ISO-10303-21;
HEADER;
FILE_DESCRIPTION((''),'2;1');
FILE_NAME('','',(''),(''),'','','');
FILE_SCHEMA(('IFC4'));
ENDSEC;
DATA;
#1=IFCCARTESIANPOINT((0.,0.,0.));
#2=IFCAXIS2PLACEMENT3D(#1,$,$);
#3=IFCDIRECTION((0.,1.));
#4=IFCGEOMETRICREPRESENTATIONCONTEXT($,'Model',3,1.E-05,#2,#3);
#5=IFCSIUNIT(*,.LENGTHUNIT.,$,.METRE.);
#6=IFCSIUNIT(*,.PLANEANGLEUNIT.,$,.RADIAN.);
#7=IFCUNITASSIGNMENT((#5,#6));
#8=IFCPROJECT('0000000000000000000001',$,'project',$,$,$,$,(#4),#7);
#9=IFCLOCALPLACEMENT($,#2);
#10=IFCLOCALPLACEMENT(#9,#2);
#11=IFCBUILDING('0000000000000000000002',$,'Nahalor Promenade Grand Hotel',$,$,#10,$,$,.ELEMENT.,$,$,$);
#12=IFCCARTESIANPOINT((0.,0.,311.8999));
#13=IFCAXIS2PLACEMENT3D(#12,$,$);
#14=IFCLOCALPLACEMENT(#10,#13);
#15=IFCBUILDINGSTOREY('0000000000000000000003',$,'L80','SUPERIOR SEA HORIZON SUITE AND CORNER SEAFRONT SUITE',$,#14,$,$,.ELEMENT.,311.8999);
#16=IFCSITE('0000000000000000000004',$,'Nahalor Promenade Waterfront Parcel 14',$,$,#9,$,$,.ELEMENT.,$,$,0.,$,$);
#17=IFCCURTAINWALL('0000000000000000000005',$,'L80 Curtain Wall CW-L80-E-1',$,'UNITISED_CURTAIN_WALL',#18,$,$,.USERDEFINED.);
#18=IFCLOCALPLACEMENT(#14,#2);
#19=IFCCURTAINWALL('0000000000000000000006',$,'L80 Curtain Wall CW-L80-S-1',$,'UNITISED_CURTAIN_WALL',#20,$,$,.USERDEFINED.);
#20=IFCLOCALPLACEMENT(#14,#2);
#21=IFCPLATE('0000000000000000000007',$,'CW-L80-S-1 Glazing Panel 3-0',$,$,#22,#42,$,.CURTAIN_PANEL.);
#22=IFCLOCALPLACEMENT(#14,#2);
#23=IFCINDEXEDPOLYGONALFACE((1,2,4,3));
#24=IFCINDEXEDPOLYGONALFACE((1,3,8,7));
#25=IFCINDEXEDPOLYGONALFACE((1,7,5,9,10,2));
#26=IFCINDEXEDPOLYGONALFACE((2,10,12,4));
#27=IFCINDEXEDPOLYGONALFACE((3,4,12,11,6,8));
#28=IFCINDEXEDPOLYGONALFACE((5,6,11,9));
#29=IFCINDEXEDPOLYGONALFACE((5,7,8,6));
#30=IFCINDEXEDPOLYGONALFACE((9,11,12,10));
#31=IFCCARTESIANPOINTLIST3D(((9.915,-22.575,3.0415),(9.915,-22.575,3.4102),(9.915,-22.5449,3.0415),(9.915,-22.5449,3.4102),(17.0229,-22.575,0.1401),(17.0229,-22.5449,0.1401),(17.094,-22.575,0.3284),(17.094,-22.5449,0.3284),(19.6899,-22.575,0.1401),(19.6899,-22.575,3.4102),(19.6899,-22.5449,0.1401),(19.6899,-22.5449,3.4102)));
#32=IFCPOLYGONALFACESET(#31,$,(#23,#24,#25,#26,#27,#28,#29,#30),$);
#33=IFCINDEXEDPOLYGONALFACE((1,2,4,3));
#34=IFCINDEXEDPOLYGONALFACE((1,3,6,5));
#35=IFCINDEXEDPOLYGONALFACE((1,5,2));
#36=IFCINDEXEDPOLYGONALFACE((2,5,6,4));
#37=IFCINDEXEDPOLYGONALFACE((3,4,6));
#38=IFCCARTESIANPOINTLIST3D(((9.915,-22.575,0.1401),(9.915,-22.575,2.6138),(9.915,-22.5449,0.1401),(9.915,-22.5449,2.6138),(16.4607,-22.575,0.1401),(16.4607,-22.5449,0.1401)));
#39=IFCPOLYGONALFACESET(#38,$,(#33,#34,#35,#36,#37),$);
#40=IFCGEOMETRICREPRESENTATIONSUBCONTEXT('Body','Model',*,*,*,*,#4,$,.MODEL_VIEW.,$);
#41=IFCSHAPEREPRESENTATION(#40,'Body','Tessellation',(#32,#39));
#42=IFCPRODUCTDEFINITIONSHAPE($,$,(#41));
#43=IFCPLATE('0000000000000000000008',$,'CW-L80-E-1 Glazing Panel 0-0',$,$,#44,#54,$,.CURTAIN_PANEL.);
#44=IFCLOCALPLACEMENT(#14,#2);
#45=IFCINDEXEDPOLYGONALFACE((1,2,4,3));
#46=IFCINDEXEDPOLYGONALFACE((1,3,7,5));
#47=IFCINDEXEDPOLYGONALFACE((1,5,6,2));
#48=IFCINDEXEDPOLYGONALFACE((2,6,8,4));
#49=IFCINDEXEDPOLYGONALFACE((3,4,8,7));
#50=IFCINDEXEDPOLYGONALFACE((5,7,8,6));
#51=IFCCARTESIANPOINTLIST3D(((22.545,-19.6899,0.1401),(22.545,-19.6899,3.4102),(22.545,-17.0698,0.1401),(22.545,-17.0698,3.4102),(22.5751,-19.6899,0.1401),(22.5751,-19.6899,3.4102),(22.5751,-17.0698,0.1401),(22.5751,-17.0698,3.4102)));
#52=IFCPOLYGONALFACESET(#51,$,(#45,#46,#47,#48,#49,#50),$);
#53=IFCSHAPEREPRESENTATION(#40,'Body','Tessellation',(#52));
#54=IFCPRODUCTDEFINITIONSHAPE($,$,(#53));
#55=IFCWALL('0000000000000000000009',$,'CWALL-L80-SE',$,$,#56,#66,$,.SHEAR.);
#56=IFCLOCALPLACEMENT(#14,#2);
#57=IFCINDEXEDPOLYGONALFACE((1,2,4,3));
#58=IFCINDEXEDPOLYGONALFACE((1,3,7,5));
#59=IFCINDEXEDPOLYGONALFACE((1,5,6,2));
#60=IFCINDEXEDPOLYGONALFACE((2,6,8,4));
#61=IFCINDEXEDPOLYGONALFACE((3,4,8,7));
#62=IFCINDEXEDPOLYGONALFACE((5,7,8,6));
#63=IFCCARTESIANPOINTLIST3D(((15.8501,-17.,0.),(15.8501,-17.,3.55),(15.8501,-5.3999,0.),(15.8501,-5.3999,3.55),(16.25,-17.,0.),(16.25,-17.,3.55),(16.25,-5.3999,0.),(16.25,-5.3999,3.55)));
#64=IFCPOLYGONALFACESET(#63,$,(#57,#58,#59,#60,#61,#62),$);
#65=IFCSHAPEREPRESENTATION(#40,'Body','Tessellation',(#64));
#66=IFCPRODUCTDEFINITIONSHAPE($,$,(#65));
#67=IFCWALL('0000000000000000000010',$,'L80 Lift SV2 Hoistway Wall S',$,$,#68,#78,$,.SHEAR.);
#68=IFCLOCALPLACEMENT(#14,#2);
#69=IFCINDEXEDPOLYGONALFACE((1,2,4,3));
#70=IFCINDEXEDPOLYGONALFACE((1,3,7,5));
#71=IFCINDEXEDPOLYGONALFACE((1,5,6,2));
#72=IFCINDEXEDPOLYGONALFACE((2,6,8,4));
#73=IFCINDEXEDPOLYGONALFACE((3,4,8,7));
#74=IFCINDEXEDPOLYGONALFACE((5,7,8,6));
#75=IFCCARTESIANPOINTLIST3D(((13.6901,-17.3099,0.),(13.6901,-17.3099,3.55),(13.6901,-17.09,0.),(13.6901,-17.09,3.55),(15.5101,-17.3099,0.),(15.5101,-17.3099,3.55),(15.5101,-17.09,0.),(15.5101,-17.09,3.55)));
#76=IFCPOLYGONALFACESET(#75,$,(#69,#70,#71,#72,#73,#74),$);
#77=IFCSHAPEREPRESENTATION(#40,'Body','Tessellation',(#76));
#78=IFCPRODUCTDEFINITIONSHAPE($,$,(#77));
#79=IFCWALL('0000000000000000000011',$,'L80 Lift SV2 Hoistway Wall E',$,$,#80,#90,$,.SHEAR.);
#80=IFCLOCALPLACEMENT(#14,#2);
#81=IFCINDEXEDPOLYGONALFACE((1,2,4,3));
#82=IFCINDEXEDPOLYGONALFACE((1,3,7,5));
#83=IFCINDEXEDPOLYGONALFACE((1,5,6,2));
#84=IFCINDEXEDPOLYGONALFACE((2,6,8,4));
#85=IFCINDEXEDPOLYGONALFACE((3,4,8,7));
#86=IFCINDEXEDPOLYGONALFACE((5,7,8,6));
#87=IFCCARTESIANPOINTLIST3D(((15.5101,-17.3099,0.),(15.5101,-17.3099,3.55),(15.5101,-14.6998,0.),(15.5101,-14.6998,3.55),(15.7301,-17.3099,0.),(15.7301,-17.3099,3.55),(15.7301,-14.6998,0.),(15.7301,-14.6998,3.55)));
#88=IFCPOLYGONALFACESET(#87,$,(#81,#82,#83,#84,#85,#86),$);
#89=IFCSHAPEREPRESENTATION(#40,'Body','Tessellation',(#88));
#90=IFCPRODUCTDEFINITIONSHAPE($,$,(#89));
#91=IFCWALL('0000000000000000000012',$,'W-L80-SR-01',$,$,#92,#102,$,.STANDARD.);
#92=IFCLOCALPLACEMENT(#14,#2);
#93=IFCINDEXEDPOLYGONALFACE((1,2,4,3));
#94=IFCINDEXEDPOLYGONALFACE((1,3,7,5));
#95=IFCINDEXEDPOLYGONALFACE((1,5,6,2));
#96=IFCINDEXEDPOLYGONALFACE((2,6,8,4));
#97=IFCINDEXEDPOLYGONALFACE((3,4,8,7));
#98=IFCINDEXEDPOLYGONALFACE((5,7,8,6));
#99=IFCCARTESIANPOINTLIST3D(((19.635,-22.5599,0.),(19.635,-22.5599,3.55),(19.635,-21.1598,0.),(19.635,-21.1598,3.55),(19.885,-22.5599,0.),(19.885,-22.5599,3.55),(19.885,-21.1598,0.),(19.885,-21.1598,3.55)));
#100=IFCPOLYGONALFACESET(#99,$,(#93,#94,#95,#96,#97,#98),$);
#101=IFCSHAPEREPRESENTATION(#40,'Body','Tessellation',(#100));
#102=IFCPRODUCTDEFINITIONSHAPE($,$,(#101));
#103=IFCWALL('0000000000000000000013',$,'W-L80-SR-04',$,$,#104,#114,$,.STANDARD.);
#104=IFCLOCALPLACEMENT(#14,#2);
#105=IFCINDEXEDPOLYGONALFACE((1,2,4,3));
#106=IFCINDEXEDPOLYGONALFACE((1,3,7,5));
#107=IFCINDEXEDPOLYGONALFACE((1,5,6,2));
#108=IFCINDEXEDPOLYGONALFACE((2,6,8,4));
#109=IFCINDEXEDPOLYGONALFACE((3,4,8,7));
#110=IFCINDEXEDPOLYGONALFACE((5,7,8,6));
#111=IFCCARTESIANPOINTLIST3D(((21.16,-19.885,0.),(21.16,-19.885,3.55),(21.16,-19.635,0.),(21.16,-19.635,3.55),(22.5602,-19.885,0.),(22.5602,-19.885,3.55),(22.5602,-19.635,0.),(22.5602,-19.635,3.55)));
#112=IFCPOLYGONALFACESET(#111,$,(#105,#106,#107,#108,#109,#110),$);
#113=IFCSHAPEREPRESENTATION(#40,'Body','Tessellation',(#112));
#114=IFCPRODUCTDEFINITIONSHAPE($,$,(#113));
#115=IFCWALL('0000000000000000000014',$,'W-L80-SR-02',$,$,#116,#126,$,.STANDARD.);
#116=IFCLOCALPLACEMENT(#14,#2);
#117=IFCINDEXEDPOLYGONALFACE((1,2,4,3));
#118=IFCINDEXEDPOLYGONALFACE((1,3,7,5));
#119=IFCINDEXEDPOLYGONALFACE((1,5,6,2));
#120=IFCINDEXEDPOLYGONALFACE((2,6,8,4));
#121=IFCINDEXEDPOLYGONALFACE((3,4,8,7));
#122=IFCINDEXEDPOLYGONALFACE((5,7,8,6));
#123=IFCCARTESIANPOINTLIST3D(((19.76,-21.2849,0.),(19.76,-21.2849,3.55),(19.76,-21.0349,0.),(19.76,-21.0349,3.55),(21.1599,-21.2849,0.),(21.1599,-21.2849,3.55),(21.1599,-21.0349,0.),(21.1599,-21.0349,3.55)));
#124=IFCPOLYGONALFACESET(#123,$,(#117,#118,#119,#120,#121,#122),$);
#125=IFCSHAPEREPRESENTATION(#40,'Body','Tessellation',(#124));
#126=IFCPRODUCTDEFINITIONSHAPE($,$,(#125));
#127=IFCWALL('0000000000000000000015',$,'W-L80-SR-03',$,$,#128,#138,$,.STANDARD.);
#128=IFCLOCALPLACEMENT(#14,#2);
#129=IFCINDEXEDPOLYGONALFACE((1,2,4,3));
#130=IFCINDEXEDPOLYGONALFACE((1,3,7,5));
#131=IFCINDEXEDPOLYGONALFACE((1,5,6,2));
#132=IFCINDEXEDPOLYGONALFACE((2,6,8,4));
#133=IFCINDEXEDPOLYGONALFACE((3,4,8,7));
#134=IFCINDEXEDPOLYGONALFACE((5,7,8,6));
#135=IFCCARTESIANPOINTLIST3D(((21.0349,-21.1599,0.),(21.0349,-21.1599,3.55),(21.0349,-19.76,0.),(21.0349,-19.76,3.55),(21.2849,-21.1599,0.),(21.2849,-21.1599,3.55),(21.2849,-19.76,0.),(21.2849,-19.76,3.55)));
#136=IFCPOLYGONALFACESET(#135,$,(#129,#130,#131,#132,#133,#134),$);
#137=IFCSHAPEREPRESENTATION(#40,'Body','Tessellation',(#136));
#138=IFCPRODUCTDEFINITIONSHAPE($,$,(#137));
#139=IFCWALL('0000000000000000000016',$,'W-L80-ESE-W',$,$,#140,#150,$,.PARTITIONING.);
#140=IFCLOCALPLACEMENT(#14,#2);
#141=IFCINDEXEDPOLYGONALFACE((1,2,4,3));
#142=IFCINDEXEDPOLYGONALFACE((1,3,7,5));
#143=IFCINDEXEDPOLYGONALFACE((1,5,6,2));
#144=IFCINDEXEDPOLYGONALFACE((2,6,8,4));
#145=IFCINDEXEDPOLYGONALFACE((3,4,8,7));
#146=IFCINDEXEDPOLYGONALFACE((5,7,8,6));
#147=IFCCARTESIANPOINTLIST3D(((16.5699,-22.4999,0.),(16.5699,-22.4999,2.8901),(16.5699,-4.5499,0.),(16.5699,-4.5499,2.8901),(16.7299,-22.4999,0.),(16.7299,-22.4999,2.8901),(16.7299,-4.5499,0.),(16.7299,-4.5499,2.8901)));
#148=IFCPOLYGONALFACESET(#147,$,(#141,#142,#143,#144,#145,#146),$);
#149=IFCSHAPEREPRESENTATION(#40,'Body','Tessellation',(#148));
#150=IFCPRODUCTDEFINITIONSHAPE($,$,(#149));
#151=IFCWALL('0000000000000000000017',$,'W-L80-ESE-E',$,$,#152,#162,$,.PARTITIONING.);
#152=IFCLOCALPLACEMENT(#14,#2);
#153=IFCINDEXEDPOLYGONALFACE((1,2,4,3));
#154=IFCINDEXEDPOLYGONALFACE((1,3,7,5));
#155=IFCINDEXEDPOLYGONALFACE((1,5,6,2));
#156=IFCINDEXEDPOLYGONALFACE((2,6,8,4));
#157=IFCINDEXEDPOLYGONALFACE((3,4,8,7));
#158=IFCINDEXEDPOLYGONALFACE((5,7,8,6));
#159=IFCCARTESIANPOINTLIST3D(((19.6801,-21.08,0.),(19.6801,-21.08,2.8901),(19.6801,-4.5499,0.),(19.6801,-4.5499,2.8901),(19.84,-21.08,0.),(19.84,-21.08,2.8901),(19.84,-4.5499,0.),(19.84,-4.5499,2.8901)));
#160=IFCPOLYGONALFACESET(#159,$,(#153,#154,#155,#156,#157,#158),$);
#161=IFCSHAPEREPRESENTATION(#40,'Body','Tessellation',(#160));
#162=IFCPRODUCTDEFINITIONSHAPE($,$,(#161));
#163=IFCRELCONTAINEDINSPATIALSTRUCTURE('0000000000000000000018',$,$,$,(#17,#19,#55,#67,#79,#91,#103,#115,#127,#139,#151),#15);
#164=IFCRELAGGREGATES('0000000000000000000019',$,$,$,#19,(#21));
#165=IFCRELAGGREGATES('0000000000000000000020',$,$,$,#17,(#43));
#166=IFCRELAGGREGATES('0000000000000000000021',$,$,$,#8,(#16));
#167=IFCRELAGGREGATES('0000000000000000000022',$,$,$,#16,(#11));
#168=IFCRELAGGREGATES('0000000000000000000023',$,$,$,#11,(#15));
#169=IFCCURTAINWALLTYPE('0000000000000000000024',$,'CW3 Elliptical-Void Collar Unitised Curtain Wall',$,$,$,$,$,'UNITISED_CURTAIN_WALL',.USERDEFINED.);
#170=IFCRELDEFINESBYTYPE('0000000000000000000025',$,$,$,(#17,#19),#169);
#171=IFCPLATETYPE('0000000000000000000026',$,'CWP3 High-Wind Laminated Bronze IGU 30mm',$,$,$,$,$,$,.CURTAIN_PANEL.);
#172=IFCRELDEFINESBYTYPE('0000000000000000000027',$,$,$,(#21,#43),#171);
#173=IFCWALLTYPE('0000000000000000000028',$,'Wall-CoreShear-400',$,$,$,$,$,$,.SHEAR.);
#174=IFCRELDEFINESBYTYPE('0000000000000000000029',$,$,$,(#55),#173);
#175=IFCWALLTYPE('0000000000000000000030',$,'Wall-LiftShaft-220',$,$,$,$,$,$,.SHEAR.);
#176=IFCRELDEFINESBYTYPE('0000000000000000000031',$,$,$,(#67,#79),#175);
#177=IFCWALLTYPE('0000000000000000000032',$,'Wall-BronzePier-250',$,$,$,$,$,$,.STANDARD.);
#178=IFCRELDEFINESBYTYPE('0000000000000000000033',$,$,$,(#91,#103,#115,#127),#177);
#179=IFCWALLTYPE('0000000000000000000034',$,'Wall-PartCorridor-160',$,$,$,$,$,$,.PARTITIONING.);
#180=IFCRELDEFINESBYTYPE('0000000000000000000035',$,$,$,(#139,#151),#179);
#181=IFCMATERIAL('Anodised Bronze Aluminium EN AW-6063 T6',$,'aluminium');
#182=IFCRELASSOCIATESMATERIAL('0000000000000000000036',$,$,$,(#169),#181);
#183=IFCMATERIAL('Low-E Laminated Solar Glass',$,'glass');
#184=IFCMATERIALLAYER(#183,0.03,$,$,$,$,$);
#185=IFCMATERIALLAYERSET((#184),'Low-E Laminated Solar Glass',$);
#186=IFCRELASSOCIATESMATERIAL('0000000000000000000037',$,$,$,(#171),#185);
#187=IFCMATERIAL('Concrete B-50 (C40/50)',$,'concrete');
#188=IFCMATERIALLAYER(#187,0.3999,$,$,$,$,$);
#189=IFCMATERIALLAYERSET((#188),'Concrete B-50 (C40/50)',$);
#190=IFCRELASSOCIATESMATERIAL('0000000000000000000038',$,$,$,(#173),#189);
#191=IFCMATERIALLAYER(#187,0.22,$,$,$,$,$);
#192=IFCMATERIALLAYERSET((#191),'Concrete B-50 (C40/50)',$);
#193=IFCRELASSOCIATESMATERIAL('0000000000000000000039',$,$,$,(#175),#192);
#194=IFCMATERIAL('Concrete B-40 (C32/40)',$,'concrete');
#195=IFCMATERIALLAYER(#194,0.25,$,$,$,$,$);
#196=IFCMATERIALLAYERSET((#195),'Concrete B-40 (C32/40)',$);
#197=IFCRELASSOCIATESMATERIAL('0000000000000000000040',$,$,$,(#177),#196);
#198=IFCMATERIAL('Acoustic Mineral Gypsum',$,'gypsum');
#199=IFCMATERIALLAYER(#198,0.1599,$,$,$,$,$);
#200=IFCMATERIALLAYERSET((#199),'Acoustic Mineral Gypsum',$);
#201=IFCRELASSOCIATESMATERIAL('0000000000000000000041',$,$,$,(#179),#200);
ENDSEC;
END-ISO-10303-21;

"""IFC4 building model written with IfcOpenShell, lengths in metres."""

from ifc_helpers import new_model, si_unit, direction, frame, frame_2d, origin, origin_2d, place, context, subcontext, project, spatial, polyline, rectangle, outline, extrude, source, transform, mapped, material, layer, layer_set, type_object, element, aggregate, save


model = new_model("IFC4")

# Units and contexts
model_context = context("Model", 3, precision=1e-05, world=origin(), true_north=direction((0.0, 1.0)))
body_context = subcontext(model_context, "Body", "Model", "MODEL_VIEW")
ifc_project = project(units=[si_unit("LENGTHUNIT", "METRE"), si_unit("PLANEANGLEUNIT", "RADIAN")], contexts=[model_context])

# Site, building, storey
site_placement = place(None, origin())
site = spatial("IfcSite", under=ifc_project, at=site_placement, Name="Nahalor Promenade Waterfront Parcel 14", CompositionType="ELEMENT", RefElevation=0.0)
building_placement = place(site_placement, origin())
building = spatial("IfcBuilding", under=site, at=building_placement, Name="Nahalor Promenade Grand Hotel", CompositionType="ELEMENT")
storey_placement = place(building_placement, frame((0.0, 0.0, 311.8999)))
storey = spatial("IfcBuildingStorey", under=building, at=storey_placement, Name="L80", Description="SUPERIOR SEA HORIZON SUITE AND CORNER SEAFRONT SUITE", CompositionType="ELEMENT", Elevation=311.8999)

# Shared definitions
ifc_material_1 = material(Name="Concrete B-50 (C40/50)", Category="concrete")

# Curtain wall
ifc_material_2 = material(Name="Anodised Bronze Aluminium EN AW-6063 T6", Category="aluminium")
curtain_wall_type = type_object("IfcCurtainWallType", Name="CW3 Elliptical-Void Collar Unitised Curtain Wall", ElementType="UNITISED_CURTAIN_WALL", PredefinedType="USERDEFINED", material=ifc_material_2)
curtain_wall_1_placement = place(storey_placement, origin())
curtain_wall_1 = element("IfcCurtainWall", 1, at=curtain_wall_1_placement, inside=storey, type_object=curtain_wall_type, Name="L80 Curtain Wall CW-L80-E-1", ObjectType="UNITISED_CURTAIN_WALL", PredefinedType="USERDEFINED")

# Curtain wall
curtain_wall_2_placement = place(storey_placement, origin())
curtain_wall_2 = element("IfcCurtainWall", 2, at=curtain_wall_2_placement, inside=storey, type_object=curtain_wall_type, Name="L80 Curtain Wall CW-L80-S-1", ObjectType="UNITISED_CURTAIN_WALL", PredefinedType="USERDEFINED")

# Plates
ifc_material_3 = material(Name="Low-E Laminated Solar Glass", Category="glass")
ifc_layer_1 = layer(ifc_material_3, 0.03)
ifc_layer_set_1 = layer_set([ifc_layer_1], Name="Low-E Laminated Solar Glass")
plate_type = type_object("IfcPlateType", Name="CWP3 High-Wind Laminated Bronze IGU 30mm", PredefinedType="CURTAIN_PANEL", material=ifc_layer_set_1)
plate_1_placement = place(storey_placement, frame((14.8025, -22.5601, 0.1401), z_axis=(0.0, 0.0, 1.0), x_axis=(1.0, 0.0, 0.0)))
plate_1 = element("IfcPlate", 3, at=plate_1_placement, type_object=plate_type, Name="CW-L80-S-1 Glazing Panel 3-0", PredefinedType="CURTAIN_PANEL", context=body_context, shape_type="SweptSolid", body=[
    extrude(outline(polyline([(4.8875, 3.27), (-4.8875, 3.27), (-4.8875, 2.9014), (2.2915, 0.1882), (2.2205, 0.0), (4.8875, 0.0), (4.8875, 3.27)])), frame((0.0, 0.0151, 0.0), z_axis=(0.0, -1.0, 0.0), x_axis=(1.0, 0.0, 0.0)), (0.0, 0.0, 1.0), 0.03),
    extrude(outline(polyline([(-4.8875, 2.4736), (-4.8875, 0.0), (1.6582, 0.0), (-4.8875, 2.4736)])), frame((0.0, 0.0151, 0.0), z_axis=(0.0, -1.0, 0.0), x_axis=(1.0, 0.0, 0.0)), (0.0, 0.0, 1.0), 0.03),
])
aggregate(curtain_wall_2, [plate_1])
shared_shape_1 = source(origin(), body_context, "Body", "SweptSolid", [
    extrude(rectangle(XDim=2.6201, YDim=0.03, at=origin_2d()), origin(), (0.0, 0.0, 1.0), 3.27),
])
plate_2_placement = place(storey_placement, frame((22.5601, -18.3799, 0.1401), z_axis=(0.0, 0.0, 1.0), x_axis=(0.0, 1.0, 0.0)))
plate_2 = element("IfcPlate", 4, at=plate_2_placement, type_object=plate_type, Name="CW-L80-E-1 Glazing Panel 0-0", PredefinedType="CURTAIN_PANEL", context=body_context, shape_type="MappedRepresentation", body=[
    mapped(shared_shape_1, transform((0.0, 0.0, 0.0), scale=1.0)),
])
aggregate(curtain_wall_1, [plate_2])

# Walls
ifc_layer_2 = layer(ifc_material_1, 0.3999)
ifc_layer_set_2 = layer_set([ifc_layer_2], Name="Concrete B-50 (C40/50)")
wall_type_1 = type_object("IfcWallType", Name="Wall-CoreShear-400", PredefinedType="SHEAR", material=ifc_layer_set_2)
shared_shape_2 = source(origin(), body_context, "Body", "SweptSolid", [
    extrude(rectangle(XDim=11.6001, YDim=0.3999, at=frame_2d((5.8, 0.0))), origin(), (0.0, 0.0, 1.0), 3.55),
])
wall_1_placement = place(storey_placement, frame((16.05, -17.0, 0.0), z_axis=(0.0, 0.0, 1.0), x_axis=(0.0, 1.0, 0.0)))
element("IfcWall", 5, at=wall_1_placement, inside=storey, type_object=wall_type_1, Name="CWALL-L80-SE", PredefinedType="SHEAR", context=body_context, shape_type="MappedRepresentation", body=[
    mapped(shared_shape_2, transform((0.0, 0.0, 0.0), scale=1.0)),
])
ifc_layer_3 = layer(ifc_material_1, 0.22)
ifc_layer_set_3 = layer_set([ifc_layer_3], Name="Concrete B-50 (C40/50)")
wall_type_2 = type_object("IfcWallType", Name="Wall-LiftShaft-220", PredefinedType="SHEAR", material=ifc_layer_set_3)
shared_shape_3 = source(origin(), body_context, "Body", "SweptSolid", [
    extrude(rectangle(XDim=1.8201, YDim=0.22, at=frame_2d((0.9102, 0.0))), origin(), (0.0, 0.0, 1.0), 3.55),
])
wall_2_placement = place(storey_placement, frame((13.6899, -17.2, 0.0), z_axis=(0.0, 0.0, 1.0), x_axis=(1.0, 0.0, 0.0)))
element("IfcWall", 6, at=wall_2_placement, inside=storey, type_object=wall_type_2, Name="L80 Lift SV2 Hoistway Wall S", PredefinedType="SHEAR", context=body_context, shape_type="MappedRepresentation", body=[
    mapped(shared_shape_3, transform((0.0, 0.0, 0.0), scale=1.0)),
])
shared_shape_4 = source(origin(), body_context, "Body", "SweptSolid", [
    extrude(rectangle(XDim=2.6101, YDim=0.22, at=frame_2d((1.3052, 0.0))), origin(), (0.0, 0.0, 1.0), 3.55),
])
wall_3_placement = place(storey_placement, frame((15.6201, -17.3101, 0.0), z_axis=(0.0, 0.0, 1.0), x_axis=(0.0, 1.0, 0.0)))
element("IfcWall", 7, at=wall_3_placement, inside=storey, type_object=wall_type_2, Name="L80 Lift SV2 Hoistway Wall E", PredefinedType="SHEAR", context=body_context, shape_type="MappedRepresentation", body=[
    mapped(shared_shape_4, transform((0.0, 0.0, 0.0), scale=1.0)),
])
ifc_material_4 = material(Name="Concrete B-40 (C32/40)", Category="concrete")
ifc_layer_4 = layer(ifc_material_4, 0.25)
ifc_layer_set_4 = layer_set([ifc_layer_4], Name="Concrete B-40 (C32/40)")
wall_type_3 = type_object("IfcWallType", Name="Wall-BronzePier-250", PredefinedType="STANDARD", material=ifc_layer_set_4)
shared_shape_5 = source(origin(), body_context, "Body", "SweptSolid", [
    extrude(rectangle(XDim=1.4001, YDim=0.25, at=frame_2d((0.7002, 0.0))), origin(), (0.0, 0.0, 1.0), 3.55),
])
for number, where, z_axis, x_axis, name in (
    (8, (19.76, -22.5601, 0.0), (0.0, 0.0, 1.0), (0.0, 1.0, 0.0), "W-L80-SR-01"),
    (9, (21.1599, -19.76, 0.0), (0.0, 0.0, 1.0), (1.0, 0.0, 0.0), "W-L80-SR-04"),
):
    element("IfcWall", number, at=place(storey_placement, frame(where, z_axis=z_axis, x_axis=x_axis)), inside=storey, type_object=wall_type_3, Name=name, PredefinedType="STANDARD", context=body_context, shape_type="MappedRepresentation", body=[
        mapped(shared_shape_5, transform((0.0, 0.0, 0.0), scale=1.0)),
    ])
shared_shape_6 = source(origin(), body_context, "Body", "SweptSolid", [
    extrude(rectangle(XDim=1.3999, YDim=0.25, at=frame_2d((0.7, 0.0))), origin(), (0.0, 0.0, 1.0), 3.55),
])
for number, where, z_axis, x_axis, name in (
    (10, (19.76, -21.1599, 0.0), (0.0, 0.0, 1.0), (1.0, 0.0, 0.0), "W-L80-SR-02"),
    (11, (21.1599, -21.1599, 0.0), (0.0, 0.0, 1.0), (0.0, 1.0, 0.0), "W-L80-SR-03"),
):
    element("IfcWall", number, at=place(storey_placement, frame(where, z_axis=z_axis, x_axis=x_axis)), inside=storey, type_object=wall_type_3, Name=name, PredefinedType="STANDARD", context=body_context, shape_type="MappedRepresentation", body=[
        mapped(shared_shape_6, transform((0.0, 0.0, 0.0), scale=1.0)),
    ])
ifc_material_5 = material(Name="Acoustic Mineral Gypsum", Category="gypsum")
ifc_layer_5 = layer(ifc_material_5, 0.1599)
ifc_layer_set_5 = layer_set([ifc_layer_5], Name="Acoustic Mineral Gypsum")
wall_type_4 = type_object("IfcWallType", Name="Wall-PartCorridor-160", PredefinedType="PARTITIONING", material=ifc_layer_set_5)
shared_shape_7 = source(origin(), body_context, "Body", "SweptSolid", [
    extrude(rectangle(XDim=17.95, YDim=0.1599, at=frame_2d((8.9751, 0.0))), origin(), (0.0, 0.0, 1.0), 2.8901),
])
wall_4_placement = place(storey_placement, frame((16.6499, -22.5, 0.0), z_axis=(0.0, 0.0, 1.0), x_axis=(0.0, 1.0, 0.0)))
element("IfcWall", 12, at=wall_4_placement, inside=storey, type_object=wall_type_4, Name="W-L80-ESE-W", PredefinedType="PARTITIONING", context=body_context, shape_type="MappedRepresentation", body=[
    mapped(shared_shape_7, transform((0.0, 0.0, 0.0), scale=1.0)),
])
shared_shape_8 = source(origin(), body_context, "Body", "SweptSolid", [
    extrude(rectangle(XDim=16.53, YDim=0.1599, at=frame_2d((8.2651, 0.0))), origin(), (0.0, 0.0, 1.0), 2.8901),
])
wall_5_placement = place(storey_placement, frame((19.76, -21.0801, 0.0), z_axis=(0.0, 0.0, 1.0), x_axis=(0.0, 1.0, 0.0)))
element("IfcWall", 13, at=wall_5_placement, inside=storey, type_object=wall_type_4, Name="W-L80-ESE-E", PredefinedType="PARTITIONING", context=body_context, shape_type="MappedRepresentation", body=[
    mapped(shared_shape_8, transform((0.0, 0.0, 0.0), scale=1.0)),
])

save(model, "model.ifc")
